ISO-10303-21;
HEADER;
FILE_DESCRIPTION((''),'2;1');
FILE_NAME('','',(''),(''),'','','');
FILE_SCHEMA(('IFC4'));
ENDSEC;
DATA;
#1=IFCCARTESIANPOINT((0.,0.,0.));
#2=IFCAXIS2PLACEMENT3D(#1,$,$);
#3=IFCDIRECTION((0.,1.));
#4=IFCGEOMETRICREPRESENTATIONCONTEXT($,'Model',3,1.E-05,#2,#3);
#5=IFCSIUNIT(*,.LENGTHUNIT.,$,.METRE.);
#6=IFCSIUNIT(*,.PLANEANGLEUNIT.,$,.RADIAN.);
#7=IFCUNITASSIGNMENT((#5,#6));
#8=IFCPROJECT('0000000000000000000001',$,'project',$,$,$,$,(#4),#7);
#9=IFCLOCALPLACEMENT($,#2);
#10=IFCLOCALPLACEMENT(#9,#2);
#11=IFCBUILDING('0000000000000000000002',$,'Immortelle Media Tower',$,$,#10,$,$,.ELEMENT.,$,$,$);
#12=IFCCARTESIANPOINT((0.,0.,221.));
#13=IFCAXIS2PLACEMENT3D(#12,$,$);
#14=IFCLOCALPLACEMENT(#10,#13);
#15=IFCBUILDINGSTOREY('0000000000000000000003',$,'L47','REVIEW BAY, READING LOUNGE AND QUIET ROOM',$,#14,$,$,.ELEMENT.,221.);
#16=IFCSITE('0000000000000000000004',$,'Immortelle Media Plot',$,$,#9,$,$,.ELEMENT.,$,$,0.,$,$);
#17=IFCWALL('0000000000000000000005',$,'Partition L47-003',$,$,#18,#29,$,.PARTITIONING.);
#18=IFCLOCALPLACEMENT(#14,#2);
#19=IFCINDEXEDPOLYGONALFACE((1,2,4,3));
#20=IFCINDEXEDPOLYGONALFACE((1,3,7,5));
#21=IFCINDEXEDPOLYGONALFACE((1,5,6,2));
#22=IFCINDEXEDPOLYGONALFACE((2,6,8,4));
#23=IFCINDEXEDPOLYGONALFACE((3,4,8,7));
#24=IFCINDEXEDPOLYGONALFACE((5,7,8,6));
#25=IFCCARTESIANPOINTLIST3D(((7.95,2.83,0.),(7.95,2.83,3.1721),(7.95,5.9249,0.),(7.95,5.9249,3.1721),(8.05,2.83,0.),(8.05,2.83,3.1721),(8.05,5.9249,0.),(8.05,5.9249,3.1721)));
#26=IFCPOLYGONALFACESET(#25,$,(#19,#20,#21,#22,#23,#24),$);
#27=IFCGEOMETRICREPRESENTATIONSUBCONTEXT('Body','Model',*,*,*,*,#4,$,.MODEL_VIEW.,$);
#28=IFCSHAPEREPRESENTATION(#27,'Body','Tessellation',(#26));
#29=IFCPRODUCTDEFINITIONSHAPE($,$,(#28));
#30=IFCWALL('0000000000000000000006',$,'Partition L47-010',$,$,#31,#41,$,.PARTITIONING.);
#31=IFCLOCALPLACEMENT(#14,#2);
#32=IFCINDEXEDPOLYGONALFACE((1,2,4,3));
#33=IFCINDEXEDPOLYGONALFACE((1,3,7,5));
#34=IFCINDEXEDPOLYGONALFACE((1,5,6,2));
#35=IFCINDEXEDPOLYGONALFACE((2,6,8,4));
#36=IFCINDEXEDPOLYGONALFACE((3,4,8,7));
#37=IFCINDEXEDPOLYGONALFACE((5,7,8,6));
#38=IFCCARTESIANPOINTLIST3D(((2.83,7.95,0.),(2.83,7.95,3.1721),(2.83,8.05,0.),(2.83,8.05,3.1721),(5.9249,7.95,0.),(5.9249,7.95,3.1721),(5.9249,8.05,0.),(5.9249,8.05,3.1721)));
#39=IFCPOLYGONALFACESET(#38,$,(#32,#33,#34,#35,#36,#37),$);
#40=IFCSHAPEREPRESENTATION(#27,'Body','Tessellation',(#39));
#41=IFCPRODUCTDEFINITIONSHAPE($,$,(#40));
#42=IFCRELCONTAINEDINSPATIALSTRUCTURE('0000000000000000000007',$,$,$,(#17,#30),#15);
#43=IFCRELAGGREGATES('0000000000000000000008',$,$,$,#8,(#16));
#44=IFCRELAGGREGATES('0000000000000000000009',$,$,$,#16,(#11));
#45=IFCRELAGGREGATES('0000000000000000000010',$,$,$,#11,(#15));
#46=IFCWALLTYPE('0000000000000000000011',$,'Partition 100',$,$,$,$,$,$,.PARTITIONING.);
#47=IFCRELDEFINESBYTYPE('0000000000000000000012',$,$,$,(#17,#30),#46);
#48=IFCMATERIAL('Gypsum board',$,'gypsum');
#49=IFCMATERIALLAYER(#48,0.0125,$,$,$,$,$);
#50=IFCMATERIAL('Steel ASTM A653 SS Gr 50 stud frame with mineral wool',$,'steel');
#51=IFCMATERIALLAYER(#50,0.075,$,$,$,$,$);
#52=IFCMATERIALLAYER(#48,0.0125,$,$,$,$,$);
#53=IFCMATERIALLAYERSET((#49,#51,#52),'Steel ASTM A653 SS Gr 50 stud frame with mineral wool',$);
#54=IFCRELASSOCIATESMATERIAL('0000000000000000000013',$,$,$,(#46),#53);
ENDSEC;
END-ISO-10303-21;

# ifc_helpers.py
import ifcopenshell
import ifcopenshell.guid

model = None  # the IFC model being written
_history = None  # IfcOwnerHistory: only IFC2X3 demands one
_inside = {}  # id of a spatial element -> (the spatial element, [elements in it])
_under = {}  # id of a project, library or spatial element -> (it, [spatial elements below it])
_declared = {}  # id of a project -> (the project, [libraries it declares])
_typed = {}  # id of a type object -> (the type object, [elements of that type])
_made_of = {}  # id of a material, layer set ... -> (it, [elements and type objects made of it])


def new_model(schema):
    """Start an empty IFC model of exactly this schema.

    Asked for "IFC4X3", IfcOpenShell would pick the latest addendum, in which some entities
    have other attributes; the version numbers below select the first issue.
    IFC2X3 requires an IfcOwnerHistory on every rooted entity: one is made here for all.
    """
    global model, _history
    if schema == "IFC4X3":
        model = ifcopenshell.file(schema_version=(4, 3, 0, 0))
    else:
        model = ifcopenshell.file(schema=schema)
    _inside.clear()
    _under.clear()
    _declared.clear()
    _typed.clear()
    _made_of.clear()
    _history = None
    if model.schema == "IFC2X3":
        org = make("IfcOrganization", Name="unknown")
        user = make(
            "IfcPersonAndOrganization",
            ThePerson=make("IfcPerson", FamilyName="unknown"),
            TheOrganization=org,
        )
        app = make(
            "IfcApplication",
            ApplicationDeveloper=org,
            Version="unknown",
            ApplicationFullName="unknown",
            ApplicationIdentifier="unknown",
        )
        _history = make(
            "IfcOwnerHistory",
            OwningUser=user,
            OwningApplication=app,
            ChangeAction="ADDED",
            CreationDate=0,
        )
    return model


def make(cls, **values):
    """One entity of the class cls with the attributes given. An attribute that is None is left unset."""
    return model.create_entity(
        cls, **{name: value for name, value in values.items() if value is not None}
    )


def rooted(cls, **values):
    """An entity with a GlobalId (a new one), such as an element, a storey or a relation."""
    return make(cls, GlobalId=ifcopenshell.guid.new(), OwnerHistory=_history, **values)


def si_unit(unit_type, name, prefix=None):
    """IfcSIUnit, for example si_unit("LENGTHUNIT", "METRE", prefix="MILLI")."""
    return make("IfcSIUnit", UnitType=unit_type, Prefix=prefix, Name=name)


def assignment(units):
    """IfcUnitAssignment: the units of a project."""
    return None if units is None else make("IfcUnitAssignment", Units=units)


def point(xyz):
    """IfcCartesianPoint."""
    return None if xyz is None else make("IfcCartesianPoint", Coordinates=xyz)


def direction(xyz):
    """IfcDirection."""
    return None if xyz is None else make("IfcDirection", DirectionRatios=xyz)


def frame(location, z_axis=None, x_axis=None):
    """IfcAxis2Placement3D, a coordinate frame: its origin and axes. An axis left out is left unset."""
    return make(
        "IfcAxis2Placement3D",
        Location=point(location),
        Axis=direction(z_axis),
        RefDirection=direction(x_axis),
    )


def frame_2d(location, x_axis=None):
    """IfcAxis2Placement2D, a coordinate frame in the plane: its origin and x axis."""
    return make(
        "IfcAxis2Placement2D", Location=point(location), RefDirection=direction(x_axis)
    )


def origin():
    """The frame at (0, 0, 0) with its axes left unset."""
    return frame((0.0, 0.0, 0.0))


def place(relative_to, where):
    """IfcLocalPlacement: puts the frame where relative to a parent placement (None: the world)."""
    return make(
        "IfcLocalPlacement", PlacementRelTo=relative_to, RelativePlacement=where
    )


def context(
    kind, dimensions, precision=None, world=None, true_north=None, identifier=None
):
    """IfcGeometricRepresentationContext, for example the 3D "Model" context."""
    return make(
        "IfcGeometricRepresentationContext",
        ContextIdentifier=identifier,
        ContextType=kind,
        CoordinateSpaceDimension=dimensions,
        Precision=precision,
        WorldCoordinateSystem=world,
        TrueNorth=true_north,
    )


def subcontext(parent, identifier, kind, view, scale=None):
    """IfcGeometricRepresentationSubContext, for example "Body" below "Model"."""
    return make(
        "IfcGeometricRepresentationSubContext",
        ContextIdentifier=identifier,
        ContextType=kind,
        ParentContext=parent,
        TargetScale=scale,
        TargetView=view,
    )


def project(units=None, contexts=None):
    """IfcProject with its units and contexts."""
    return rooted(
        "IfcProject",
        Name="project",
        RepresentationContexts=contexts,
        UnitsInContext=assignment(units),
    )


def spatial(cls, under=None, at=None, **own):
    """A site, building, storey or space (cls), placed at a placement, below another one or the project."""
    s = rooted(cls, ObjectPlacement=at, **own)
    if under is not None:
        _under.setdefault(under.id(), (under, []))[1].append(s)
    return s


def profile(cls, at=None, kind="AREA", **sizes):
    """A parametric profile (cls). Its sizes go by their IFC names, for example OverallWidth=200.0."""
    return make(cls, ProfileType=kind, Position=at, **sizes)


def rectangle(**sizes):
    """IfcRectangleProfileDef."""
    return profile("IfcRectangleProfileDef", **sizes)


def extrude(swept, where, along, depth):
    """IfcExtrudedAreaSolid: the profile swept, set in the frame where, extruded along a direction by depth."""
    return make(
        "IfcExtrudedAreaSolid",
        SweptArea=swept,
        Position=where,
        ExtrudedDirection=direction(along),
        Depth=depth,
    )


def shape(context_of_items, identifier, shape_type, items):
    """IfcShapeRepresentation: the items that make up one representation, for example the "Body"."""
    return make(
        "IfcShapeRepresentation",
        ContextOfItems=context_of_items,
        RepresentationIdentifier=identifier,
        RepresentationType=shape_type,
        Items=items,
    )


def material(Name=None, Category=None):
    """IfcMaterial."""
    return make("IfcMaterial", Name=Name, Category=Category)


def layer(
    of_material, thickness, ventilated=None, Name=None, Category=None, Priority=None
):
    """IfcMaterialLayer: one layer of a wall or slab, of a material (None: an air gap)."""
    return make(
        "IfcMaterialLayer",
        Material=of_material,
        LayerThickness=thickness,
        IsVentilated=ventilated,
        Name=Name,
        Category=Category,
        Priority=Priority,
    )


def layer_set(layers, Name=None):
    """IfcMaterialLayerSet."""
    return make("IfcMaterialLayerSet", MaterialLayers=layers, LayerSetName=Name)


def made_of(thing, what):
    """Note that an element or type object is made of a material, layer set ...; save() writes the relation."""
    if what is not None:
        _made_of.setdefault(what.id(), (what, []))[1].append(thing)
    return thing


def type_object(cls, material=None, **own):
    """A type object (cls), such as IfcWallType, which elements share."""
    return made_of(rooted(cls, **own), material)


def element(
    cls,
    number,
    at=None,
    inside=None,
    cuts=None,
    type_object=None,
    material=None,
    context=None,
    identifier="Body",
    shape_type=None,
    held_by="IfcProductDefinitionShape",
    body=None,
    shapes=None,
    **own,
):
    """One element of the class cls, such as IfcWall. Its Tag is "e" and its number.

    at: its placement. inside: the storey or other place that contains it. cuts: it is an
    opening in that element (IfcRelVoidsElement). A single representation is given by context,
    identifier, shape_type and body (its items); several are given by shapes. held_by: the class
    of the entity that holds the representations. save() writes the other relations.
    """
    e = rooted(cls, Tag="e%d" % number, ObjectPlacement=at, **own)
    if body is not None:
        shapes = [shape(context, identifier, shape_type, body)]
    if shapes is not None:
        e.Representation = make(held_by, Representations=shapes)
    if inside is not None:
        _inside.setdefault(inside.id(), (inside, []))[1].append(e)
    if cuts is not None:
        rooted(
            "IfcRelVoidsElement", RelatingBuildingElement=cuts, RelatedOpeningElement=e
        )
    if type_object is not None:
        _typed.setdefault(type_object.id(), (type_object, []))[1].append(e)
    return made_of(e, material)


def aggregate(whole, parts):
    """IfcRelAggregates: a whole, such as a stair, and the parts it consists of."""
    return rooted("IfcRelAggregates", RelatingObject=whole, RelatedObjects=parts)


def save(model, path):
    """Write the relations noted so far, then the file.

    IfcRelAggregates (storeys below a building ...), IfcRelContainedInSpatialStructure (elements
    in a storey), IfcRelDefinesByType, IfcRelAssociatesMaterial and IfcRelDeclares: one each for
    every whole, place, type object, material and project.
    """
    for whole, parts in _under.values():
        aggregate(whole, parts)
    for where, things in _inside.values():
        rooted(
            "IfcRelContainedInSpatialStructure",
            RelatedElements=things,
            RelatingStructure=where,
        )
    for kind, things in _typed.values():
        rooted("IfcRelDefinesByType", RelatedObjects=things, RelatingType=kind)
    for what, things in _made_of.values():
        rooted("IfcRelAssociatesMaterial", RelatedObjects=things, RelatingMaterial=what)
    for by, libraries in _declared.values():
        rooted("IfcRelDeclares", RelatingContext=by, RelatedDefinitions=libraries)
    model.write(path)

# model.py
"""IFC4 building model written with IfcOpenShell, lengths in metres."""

from ifc_helpers import new_model, si_unit, direction, frame, frame_2d, origin, place, context, subcontext, project, spatial, rectangle, extrude, material, layer, layer_set, type_object, element, save


model = new_model("IFC4")

# Units and contexts
model_context = context("Model", 3, precision=1e-05, world=origin(), true_north=direction((0.0, 1.0)))
body_context = subcontext(model_context, "Body", "Model", "MODEL_VIEW")
ifc_project = project(units=[si_unit("LENGTHUNIT", "METRE"), si_unit("PLANEANGLEUNIT", "RADIAN")], contexts=[model_context])

# Site, building, storey
site_placement = place(None, origin())
site = spatial("IfcSite", under=ifc_project, at=site_placement, Name="Immortelle Media Plot", CompositionType="ELEMENT", RefElevation=0.0)
building_placement = place(site_placement, origin())
building = spatial("IfcBuilding", under=site, at=building_placement, Name="Immortelle Media Tower", CompositionType="ELEMENT")
storey_placement = place(building_placement, frame((0.0, 0.0, 221.0)))
storey = spatial("IfcBuildingStorey", under=building, at=storey_placement, Name="L47", Description="REVIEW BAY, READING LOUNGE AND QUIET ROOM", CompositionType="ELEMENT", Elevation=221.0)

# Shared definitions
ifc_material_1 = material(Name="Steel ASTM A653 SS Gr 50 stud frame with mineral wool", Category="steel")

# Walls
ifc_material_2 = material(Name="Gypsum board", Category="gypsum")
ifc_layer_1 = layer(ifc_material_2, 0.0125)
ifc_layer_2 = layer(ifc_material_1, 0.075)
ifc_layer_3 = layer(ifc_material_2, 0.0125)
ifc_layer_set_1 = layer_set([ifc_layer_1, ifc_layer_2, ifc_layer_3], Name="Steel ASTM A653 SS Gr 50 stud frame with mineral wool")
wall_type_1 = type_object("IfcWallType", Name="Partition 100", PredefinedType="PARTITIONING", material=ifc_layer_set_1)
for number, where, z_axis, x_axis, name in (
    (1, (8.0, 2.8301, 0.0), (0.0, 0.0, 1.0), (0.0, 1.0, 0.0), "Partition L47-003"),
    (2, (2.8301, 8.0, 0.0), (0.0, 0.0, 1.0), (1.0, 0.0, 0.0), "Partition L47-010"),
):
    element("IfcWall", number, at=place(storey_placement, frame(where, z_axis=z_axis, x_axis=x_axis)), inside=storey, type_object=wall_type_1, Name=name, PredefinedType="PARTITIONING", context=body_context, shape_type="SweptSolid", body=[
        extrude(rectangle(XDim=3.095, YDim=0.1001, at=frame_2d((1.5474, 0.0))), origin(), (0.0, 0.0, 1.0), 3.1721),
    ])

save(model, "model.ifc")
